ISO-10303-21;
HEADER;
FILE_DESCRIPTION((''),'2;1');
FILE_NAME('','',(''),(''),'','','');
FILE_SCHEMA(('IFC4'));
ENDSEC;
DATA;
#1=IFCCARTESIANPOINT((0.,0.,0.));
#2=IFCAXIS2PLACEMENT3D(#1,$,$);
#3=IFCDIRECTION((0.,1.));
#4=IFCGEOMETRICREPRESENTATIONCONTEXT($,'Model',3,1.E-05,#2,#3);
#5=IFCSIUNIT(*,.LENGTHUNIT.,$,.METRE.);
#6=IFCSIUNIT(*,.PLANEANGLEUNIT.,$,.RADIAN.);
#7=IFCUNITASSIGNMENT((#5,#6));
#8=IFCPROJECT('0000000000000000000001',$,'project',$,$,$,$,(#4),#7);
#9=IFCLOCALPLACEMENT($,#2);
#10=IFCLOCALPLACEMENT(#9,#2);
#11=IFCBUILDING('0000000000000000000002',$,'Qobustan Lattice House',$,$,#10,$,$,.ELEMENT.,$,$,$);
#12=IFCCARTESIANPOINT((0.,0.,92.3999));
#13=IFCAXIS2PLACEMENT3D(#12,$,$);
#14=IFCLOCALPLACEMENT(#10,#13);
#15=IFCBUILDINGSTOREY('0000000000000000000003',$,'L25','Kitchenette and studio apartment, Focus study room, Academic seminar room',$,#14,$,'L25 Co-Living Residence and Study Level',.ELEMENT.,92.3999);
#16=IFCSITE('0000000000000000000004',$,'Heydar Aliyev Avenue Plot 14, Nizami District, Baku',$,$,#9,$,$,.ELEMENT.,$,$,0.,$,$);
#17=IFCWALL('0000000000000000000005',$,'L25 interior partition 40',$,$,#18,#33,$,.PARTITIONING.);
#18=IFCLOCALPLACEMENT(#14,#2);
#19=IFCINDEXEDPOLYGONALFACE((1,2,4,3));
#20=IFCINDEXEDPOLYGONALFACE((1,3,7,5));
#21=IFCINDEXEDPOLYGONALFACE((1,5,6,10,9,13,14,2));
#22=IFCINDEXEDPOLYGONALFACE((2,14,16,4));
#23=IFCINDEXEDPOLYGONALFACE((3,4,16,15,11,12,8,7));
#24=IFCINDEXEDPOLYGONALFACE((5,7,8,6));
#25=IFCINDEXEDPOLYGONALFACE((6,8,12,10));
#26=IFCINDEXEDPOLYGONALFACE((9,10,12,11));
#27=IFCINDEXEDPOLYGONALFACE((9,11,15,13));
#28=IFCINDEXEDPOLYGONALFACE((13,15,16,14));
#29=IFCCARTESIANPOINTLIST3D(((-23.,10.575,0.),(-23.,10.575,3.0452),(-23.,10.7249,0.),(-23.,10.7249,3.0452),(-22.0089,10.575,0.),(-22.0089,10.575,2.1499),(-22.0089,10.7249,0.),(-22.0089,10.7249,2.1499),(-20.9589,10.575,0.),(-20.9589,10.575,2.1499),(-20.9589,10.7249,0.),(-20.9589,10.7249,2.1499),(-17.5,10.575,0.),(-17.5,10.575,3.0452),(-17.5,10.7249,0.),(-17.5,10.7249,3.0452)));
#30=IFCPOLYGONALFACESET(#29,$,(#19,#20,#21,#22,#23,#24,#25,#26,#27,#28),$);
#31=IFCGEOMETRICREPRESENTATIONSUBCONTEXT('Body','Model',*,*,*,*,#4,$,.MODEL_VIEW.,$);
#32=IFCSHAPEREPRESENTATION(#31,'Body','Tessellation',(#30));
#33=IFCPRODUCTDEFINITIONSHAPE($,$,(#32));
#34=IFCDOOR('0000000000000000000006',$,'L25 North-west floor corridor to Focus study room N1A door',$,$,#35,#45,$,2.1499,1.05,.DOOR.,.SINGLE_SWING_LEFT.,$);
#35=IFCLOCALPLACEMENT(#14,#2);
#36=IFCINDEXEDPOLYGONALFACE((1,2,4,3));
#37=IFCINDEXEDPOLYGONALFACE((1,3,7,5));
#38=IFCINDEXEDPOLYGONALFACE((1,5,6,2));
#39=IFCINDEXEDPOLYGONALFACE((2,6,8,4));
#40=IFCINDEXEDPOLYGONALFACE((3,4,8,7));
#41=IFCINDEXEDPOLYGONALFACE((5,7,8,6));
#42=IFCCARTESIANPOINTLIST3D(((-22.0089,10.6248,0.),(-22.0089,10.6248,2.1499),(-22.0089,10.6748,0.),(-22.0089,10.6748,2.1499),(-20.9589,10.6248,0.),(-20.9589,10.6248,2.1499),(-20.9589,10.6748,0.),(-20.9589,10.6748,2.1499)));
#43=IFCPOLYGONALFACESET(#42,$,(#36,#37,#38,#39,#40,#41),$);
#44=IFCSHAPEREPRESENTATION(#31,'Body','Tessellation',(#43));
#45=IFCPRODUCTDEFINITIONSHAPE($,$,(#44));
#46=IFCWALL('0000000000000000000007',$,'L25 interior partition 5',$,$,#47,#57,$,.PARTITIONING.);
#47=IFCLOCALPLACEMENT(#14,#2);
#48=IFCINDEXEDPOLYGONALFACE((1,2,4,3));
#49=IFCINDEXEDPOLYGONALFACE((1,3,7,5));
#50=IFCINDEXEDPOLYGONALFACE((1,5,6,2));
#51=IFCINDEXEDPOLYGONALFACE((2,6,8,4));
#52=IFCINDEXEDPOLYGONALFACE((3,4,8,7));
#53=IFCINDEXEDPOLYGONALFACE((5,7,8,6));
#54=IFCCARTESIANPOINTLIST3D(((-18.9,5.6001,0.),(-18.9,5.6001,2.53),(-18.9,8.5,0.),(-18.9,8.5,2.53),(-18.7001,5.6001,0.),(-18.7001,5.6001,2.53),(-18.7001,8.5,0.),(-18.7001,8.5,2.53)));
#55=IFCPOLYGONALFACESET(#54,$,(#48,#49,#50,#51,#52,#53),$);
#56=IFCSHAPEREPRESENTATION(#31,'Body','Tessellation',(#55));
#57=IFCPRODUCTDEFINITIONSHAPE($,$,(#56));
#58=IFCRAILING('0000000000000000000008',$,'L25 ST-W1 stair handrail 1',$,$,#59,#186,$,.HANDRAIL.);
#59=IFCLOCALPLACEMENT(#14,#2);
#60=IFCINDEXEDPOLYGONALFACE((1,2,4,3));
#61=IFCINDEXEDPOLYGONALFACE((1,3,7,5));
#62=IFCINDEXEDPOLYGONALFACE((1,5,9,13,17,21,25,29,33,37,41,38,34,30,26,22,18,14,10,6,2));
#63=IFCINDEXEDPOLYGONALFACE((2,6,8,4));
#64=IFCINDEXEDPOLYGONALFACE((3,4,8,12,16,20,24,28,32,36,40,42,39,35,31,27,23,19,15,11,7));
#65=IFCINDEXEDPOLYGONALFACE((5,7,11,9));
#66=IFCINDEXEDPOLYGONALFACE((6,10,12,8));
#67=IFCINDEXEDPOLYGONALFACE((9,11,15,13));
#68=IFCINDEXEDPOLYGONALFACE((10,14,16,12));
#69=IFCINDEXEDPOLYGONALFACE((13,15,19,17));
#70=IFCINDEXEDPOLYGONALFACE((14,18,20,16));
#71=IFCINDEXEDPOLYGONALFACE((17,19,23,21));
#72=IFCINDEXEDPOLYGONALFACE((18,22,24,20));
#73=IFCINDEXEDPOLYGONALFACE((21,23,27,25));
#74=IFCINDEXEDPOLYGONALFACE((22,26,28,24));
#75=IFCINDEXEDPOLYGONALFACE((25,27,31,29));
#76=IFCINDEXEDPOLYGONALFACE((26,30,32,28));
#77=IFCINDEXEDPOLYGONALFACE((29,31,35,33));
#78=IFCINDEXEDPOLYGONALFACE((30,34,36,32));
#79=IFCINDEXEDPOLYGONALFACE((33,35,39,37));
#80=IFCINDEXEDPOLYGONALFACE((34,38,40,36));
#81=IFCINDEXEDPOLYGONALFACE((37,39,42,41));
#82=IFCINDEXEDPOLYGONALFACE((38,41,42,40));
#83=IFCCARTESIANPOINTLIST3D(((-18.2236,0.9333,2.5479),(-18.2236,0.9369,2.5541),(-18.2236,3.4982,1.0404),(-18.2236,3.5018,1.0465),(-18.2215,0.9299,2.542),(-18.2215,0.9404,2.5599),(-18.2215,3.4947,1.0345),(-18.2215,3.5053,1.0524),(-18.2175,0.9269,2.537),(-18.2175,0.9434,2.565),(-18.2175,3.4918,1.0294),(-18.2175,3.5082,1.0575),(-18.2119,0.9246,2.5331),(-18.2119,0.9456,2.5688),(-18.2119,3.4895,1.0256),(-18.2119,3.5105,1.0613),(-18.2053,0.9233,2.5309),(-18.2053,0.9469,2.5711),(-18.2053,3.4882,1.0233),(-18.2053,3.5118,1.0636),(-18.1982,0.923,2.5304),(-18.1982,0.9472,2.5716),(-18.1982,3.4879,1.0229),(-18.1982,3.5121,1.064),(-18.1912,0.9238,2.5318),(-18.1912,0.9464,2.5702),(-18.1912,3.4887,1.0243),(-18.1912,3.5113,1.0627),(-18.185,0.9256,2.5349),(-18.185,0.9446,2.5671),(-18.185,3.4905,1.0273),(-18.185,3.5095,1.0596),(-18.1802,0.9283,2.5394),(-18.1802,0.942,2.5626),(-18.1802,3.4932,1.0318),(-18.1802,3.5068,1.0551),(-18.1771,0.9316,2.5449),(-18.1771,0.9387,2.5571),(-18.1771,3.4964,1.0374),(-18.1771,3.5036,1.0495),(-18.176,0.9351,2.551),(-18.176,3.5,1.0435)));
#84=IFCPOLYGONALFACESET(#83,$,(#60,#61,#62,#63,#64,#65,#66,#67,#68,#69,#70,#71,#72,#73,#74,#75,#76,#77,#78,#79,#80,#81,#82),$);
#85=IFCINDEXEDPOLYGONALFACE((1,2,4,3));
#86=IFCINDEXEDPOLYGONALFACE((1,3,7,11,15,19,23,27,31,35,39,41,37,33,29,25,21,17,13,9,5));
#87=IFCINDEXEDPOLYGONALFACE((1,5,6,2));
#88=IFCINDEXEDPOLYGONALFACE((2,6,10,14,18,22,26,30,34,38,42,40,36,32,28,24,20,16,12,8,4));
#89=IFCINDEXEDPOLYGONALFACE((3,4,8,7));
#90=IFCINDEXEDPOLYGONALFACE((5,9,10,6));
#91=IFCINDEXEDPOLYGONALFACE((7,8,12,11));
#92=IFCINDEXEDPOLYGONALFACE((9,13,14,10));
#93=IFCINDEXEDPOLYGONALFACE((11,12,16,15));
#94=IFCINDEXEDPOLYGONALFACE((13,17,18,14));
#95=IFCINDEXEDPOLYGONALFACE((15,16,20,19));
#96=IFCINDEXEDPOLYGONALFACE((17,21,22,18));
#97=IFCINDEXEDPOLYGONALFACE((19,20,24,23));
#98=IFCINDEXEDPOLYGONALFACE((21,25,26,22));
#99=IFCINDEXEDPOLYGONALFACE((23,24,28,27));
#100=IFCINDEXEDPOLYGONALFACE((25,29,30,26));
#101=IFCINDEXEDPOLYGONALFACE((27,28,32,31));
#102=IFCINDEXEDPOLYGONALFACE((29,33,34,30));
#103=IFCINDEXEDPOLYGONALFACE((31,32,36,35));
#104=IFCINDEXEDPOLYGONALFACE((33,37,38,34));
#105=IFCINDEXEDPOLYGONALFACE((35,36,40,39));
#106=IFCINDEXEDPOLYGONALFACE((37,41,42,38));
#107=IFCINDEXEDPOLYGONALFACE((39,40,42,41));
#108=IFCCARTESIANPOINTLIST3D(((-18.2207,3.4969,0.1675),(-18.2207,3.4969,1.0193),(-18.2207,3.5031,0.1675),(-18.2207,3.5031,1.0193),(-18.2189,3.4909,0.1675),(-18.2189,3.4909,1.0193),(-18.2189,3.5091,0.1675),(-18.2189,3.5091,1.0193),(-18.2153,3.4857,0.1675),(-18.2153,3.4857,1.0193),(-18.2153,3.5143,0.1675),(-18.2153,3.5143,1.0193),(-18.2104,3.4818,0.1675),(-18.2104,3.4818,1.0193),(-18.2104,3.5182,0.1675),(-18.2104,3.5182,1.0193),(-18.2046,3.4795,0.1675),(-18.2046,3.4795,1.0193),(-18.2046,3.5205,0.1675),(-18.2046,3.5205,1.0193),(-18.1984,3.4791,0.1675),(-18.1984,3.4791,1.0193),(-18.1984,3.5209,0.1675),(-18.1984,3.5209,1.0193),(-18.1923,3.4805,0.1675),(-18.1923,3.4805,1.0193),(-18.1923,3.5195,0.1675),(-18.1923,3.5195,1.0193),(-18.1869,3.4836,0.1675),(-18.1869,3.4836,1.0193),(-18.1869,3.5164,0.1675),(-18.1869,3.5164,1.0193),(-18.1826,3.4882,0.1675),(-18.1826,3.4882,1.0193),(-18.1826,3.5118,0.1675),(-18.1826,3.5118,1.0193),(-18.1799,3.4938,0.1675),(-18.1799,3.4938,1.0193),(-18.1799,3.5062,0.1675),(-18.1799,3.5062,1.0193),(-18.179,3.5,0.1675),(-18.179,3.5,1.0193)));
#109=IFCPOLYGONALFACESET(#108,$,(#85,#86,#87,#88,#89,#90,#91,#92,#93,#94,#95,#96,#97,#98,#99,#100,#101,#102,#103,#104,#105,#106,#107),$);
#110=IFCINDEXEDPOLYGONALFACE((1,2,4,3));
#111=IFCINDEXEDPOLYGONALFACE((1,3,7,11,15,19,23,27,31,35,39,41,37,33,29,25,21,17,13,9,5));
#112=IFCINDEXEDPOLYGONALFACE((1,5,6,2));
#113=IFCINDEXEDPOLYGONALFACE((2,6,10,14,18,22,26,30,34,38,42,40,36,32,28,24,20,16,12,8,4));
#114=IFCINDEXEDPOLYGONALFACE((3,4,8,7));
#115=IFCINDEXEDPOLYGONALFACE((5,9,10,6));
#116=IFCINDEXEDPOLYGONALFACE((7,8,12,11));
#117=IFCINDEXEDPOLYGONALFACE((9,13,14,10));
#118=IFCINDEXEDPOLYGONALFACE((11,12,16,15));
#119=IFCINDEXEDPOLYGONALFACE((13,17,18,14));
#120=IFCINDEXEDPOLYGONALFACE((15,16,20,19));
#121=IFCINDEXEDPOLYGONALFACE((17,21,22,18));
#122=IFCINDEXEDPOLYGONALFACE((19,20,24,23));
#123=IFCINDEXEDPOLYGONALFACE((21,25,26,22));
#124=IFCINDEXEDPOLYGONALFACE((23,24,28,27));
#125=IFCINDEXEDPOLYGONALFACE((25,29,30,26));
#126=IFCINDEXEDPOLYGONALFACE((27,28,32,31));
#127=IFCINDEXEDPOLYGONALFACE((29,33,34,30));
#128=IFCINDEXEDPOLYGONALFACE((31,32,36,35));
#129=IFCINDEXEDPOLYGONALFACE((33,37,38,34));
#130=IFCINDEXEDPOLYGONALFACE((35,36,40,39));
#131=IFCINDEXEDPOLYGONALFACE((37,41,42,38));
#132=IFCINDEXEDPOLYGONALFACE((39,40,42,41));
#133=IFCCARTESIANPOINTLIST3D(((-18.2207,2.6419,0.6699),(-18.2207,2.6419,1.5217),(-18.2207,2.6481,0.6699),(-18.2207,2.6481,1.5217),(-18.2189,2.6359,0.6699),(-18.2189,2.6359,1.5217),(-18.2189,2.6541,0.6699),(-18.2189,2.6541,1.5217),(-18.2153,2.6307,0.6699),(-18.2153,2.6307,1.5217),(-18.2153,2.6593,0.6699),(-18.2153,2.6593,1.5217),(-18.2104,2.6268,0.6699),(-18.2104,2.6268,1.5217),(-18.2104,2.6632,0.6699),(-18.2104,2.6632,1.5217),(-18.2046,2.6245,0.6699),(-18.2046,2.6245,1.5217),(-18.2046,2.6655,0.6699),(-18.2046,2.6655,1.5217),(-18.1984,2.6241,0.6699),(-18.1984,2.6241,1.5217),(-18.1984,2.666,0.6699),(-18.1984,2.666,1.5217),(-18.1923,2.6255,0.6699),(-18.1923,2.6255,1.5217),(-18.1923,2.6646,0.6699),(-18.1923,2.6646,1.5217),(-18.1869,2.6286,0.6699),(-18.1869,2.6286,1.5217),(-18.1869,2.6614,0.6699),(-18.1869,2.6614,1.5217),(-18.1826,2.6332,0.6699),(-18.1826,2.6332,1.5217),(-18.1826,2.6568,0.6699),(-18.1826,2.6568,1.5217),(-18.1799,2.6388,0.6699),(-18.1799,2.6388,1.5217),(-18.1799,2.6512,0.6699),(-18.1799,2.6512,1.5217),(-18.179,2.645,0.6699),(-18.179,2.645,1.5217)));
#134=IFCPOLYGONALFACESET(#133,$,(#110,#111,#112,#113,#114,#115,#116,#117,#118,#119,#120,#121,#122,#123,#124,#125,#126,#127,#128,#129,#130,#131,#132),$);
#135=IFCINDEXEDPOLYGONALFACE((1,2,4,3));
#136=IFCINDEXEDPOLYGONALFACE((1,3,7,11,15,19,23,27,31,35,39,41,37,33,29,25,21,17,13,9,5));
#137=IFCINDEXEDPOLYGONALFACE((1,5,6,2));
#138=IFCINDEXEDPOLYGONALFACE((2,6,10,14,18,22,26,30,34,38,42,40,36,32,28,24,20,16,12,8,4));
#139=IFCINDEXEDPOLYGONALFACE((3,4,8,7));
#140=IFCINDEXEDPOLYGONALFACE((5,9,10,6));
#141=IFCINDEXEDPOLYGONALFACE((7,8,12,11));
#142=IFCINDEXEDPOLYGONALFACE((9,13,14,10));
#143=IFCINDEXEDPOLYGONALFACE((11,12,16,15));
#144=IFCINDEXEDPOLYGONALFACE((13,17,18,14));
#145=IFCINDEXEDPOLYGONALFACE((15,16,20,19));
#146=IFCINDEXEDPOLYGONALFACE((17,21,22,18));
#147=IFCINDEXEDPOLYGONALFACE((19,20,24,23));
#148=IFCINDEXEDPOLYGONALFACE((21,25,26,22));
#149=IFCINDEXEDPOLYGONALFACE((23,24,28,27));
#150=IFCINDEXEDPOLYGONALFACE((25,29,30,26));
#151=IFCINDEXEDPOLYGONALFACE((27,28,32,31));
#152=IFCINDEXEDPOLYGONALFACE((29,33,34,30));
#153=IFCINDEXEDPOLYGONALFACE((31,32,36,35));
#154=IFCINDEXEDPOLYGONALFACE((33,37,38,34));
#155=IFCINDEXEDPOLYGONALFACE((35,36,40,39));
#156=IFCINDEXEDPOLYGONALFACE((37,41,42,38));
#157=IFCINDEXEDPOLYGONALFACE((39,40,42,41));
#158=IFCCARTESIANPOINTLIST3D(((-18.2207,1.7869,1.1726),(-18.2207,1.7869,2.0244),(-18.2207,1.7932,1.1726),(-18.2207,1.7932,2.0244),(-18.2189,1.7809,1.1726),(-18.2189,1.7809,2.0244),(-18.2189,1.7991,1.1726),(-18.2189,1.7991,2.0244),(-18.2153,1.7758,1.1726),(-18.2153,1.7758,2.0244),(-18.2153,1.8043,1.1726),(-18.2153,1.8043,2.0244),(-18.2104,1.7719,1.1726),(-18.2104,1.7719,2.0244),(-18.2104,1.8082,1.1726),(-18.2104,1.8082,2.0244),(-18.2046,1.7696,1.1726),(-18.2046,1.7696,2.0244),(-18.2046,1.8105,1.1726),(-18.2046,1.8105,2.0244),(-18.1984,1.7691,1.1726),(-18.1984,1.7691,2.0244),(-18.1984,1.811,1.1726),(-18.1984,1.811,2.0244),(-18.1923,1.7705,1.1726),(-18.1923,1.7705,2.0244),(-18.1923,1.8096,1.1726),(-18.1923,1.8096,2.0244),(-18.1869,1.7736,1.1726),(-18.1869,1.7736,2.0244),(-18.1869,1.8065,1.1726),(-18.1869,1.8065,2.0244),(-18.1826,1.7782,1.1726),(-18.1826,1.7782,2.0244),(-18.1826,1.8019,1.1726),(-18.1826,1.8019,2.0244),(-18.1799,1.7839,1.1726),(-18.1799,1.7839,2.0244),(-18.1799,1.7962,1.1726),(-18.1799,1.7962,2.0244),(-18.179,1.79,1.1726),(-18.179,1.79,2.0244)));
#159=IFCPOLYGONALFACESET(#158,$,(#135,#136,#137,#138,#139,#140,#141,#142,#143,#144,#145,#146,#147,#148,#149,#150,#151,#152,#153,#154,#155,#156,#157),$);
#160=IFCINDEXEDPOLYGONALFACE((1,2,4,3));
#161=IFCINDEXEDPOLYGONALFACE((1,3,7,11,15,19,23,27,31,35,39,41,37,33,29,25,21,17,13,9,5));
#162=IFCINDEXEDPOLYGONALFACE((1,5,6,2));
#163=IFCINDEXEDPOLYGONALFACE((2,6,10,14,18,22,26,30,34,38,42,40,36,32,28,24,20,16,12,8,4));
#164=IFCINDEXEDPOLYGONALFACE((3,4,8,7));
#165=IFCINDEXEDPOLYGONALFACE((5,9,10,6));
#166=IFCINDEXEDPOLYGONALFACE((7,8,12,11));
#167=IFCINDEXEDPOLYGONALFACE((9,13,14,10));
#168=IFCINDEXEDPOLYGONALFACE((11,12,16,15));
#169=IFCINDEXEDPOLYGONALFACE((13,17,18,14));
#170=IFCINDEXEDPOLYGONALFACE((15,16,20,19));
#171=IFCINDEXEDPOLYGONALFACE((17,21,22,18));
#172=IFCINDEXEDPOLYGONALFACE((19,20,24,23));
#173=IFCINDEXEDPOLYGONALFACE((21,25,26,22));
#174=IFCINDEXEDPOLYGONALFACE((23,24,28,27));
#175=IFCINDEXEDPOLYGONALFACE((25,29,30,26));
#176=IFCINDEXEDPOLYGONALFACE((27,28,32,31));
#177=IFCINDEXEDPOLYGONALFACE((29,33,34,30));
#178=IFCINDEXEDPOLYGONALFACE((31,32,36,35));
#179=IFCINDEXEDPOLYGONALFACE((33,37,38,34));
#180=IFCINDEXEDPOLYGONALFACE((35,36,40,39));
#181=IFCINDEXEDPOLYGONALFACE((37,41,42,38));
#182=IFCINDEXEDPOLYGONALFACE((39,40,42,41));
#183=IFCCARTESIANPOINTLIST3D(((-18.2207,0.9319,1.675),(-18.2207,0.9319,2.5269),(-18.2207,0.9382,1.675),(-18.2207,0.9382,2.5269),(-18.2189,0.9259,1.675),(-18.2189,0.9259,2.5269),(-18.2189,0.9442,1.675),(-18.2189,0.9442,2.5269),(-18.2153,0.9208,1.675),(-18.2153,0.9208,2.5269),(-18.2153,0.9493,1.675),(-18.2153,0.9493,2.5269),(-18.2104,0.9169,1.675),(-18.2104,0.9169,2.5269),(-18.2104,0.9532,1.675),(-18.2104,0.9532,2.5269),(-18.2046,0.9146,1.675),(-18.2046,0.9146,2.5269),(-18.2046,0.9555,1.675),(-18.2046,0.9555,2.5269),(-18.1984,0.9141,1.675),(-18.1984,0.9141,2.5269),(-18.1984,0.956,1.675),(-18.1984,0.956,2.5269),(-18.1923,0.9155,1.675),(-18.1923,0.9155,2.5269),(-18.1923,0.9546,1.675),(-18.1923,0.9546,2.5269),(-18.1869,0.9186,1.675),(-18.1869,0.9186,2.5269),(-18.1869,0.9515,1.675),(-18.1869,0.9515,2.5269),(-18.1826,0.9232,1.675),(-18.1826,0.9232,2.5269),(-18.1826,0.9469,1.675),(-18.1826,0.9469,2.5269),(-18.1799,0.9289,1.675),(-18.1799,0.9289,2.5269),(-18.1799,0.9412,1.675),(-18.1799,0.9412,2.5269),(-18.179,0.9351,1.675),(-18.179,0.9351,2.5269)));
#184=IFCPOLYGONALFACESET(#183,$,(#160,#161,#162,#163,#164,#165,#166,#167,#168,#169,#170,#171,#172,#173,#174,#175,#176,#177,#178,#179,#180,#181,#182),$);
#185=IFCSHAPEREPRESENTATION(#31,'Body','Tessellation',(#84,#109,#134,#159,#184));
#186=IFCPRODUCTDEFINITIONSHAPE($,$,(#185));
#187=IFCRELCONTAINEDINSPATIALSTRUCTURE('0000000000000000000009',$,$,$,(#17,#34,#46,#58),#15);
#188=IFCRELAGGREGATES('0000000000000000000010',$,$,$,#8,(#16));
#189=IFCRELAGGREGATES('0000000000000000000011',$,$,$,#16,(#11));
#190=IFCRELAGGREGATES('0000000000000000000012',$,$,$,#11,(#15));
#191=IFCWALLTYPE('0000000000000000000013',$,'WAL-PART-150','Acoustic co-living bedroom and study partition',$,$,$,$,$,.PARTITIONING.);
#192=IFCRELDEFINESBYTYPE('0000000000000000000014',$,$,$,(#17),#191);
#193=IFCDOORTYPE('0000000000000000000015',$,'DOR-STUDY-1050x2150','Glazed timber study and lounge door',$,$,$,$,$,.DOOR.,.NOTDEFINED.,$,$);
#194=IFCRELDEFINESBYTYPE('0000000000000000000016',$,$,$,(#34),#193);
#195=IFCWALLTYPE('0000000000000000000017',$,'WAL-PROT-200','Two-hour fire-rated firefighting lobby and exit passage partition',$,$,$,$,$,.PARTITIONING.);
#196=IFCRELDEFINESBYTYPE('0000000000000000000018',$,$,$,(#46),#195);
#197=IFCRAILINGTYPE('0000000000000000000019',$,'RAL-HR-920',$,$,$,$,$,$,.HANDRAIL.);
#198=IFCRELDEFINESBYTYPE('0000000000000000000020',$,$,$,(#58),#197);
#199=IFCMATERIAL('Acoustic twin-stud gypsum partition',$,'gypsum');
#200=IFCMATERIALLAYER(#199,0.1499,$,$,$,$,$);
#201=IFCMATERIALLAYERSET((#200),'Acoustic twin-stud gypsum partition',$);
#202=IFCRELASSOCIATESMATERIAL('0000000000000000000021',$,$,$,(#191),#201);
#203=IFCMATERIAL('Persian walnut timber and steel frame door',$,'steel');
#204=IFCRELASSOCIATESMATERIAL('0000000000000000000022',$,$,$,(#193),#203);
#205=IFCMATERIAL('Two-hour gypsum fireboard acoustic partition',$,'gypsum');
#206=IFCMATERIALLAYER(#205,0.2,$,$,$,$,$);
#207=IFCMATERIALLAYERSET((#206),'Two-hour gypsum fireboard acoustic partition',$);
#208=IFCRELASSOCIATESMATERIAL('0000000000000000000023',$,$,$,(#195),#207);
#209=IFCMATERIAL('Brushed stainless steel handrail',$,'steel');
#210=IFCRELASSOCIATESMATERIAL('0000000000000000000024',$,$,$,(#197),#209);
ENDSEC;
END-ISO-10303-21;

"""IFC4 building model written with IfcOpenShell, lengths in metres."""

from ifc_helpers import new_model, si_unit, direction, frame, frame_2d, origin, origin_2d, place, context, subcontext, project, spatial, rectangle, circle, extrude, material, layer, layer_set, type_object, element, fill, save


model = new_model("IFC4")

# Units and contexts
model_context = context("Model", 3, precision=1e-05, world=origin(), true_north=direction((0.0, 1.0)))
body_context = subcontext(model_context, "Body", "Model", "MODEL_VIEW")
ifc_project = project(units=[si_unit("LENGTHUNIT", "METRE"), si_unit("PLANEANGLEUNIT", "RADIAN")], contexts=[model_context])

# Site, building, storey
site_placement = place(None, origin())
site = spatial("IfcSite", under=ifc_project, at=site_placement, Name="Heydar Aliyev Avenue Plot 14, Nizami District, Baku", CompositionType="ELEMENT", RefElevation=0.0)
building_placement = place(site_placement, origin())
building = spatial("IfcBuilding", under=site, at=building_placement, Name="Qobustan Lattice House", CompositionType="ELEMENT")
storey_placement = place(building_placement, frame((0.0, 0.0, 92.3999)))
storey = spatial("IfcBuildingStorey", under=building, at=storey_placement, Name="L25", Description="Kitchenette and studio apartment, Focus study room, Academic seminar room", LongName="L25 Co-Living Residence and Study Level", CompositionType="ELEMENT", Elevation=92.3999)

# Wall, opening, door
ifc_material_1 = material(Name="Acoustic twin-stud gypsum partition", Category="gypsum")
ifc_layer_1 = layer(ifc_material_1, 0.1499)
ifc_layer_set_1 = layer_set([ifc_layer_1], Name="Acoustic twin-stud gypsum partition")
wall_type_1 = type_object("IfcWallType", Name="WAL-PART-150", Description="Acoustic co-living bedroom and study partition", PredefinedType="PARTITIONING", material=ifc_layer_set_1)
wall_1_placement = place(storey_placement, frame((-23.0, 10.6499, 0.0), z_axis=(0.0, 0.0, 1.0), x_axis=(1.0, 0.0, 0.0)))
wall_1 = element("IfcWall", 1, at=wall_1_placement, inside=storey, type_object=wall_type_1, Name="L25 interior partition 40", PredefinedType="PARTITIONING", context=body_context, shape_type="SweptSolid", body=[
    extrude(rectangle(XDim=5.5, YDim=0.1499, at=frame_2d((2.75, 0.0))), origin(), (0.0, 0.0, 1.0), 3.0452),
])
opening_1_placement = place(wall_1_placement, frame((0.9912, 0.0, 0.0)))
opening_1 = element("IfcOpeningElement", 2, at=opening_1_placement, cuts=wall_1, PredefinedType="OPENING", context=body_context, shape_type="SweptSolid", body=[
    extrude(rectangle(XDim=1.05, YDim=2.1499, at=frame_2d((0.5249, 1.075))), frame((0.0, 0.085, 0.0), z_axis=(0.0, -1.0, 0.0), x_axis=(1.0, 0.0, 0.0)), (0.0, 0.0, 1.0), 0.1699),
])
ifc_material_2 = material(Name="Persian walnut timber and steel frame door", Category="steel")
door_type_1 = type_object("IfcDoorType", Name="DOR-STUDY-1050x2150", Description="Glazed timber study and lounge door", OperationType="NOTDEFINED", PredefinedType="DOOR", material=ifc_material_2)
door_1_placement = place(opening_1_placement, origin())
door_1 = element("IfcDoor", 3, at=door_1_placement, inside=storey, type_object=door_type_1, Name="L25 North-west floor corridor to Focus study room N1A door", OperationType="SINGLE_SWING_LEFT", OverallHeight=2.1499, OverallWidth=1.05, PredefinedType="DOOR", context=body_context, shape_type="SweptSolid", body=[
    extrude(rectangle(XDim=1.05, YDim=2.1499, at=frame_2d((0.5249, 1.075))), frame((0.0, 0.0249, 0.0), z_axis=(0.0, -1.0, 0.0), x_axis=(1.0, 0.0, 0.0)), (0.0, 0.0, 1.0), 0.05),
])
fill(opening_1, door_1)

# Wall
ifc_material_3 = material(Name="Two-hour gypsum fireboard acoustic partition", Category="gypsum")
ifc_layer_2 = layer(ifc_material_3, 0.2)
ifc_layer_set_2 = layer_set([ifc_layer_2], Name="Two-hour gypsum fireboard acoustic partition")
wall_type_2 = type_object("IfcWallType", Name="WAL-PROT-200", Description="Two-hour fire-rated firefighting lobby and exit passage partition", PredefinedType="PARTITIONING", material=ifc_layer_set_2)
wall_2_placement = place(storey_placement, frame((-18.8, 8.5, 0.0), z_axis=(0.0, 0.0, 1.0), x_axis=(0.0, -1.0, 0.0)))
element("IfcWall", 4, at=wall_2_placement, inside=storey, type_object=wall_type_2, Name="L25 interior partition 5", PredefinedType="PARTITIONING", context=body_context, shape_type="SweptSolid", body=[
    extrude(rectangle(XDim=2.8999, YDim=0.2, at=frame_2d((1.45, 0.0))), origin(), (0.0, 0.0, 1.0), 2.53),
])

# Railing
ifc_material_4 = material(Name="Brushed stainless steel handrail", Category="steel")
railing_type = type_object("IfcRailingType", Name="RAL-HR-920", PredefinedType="HANDRAIL", material=ifc_material_4)
railing_placement = place(storey_placement, frame((-18.2, 3.5, 0.1675)))
element("IfcRailing", 5, at=railing_placement, inside=storey, type_object=railing_type, Name="L25 ST-W1 stair handrail 1", PredefinedType="HANDRAIL", context=body_context, shape_type="SweptSolid", body=[
    extrude(circle(Radius=0.0239, at=origin_2d()), frame((0.0, 0.0, 0.876), z_axis=(0.0, -0.862113, 0.506715), x_axis=(1.0, 0.0, 0.0)), (0.0, 0.0, 1.0), 2.9751),
    extrude(circle(Radius=0.021, at=origin_2d()), origin(), (0.0, 0.0, 1.0), 0.8518),
    extrude(circle(Radius=0.021, at=origin_2d()), frame((0.0, -0.855, 0.5024)), (0.0, 0.0, 1.0), 0.8518),
    extrude(circle(Radius=0.021, at=origin_2d()), frame((0.0, -1.71, 1.0051)), (0.0, 0.0, 1.0), 0.8518),
    extrude(circle(Radius=0.021, at=origin_2d()), frame((0.0, -2.5649, 1.5076)), (0.0, 0.0, 1.0), 0.8518),
])

save(model, "model.ifc")
